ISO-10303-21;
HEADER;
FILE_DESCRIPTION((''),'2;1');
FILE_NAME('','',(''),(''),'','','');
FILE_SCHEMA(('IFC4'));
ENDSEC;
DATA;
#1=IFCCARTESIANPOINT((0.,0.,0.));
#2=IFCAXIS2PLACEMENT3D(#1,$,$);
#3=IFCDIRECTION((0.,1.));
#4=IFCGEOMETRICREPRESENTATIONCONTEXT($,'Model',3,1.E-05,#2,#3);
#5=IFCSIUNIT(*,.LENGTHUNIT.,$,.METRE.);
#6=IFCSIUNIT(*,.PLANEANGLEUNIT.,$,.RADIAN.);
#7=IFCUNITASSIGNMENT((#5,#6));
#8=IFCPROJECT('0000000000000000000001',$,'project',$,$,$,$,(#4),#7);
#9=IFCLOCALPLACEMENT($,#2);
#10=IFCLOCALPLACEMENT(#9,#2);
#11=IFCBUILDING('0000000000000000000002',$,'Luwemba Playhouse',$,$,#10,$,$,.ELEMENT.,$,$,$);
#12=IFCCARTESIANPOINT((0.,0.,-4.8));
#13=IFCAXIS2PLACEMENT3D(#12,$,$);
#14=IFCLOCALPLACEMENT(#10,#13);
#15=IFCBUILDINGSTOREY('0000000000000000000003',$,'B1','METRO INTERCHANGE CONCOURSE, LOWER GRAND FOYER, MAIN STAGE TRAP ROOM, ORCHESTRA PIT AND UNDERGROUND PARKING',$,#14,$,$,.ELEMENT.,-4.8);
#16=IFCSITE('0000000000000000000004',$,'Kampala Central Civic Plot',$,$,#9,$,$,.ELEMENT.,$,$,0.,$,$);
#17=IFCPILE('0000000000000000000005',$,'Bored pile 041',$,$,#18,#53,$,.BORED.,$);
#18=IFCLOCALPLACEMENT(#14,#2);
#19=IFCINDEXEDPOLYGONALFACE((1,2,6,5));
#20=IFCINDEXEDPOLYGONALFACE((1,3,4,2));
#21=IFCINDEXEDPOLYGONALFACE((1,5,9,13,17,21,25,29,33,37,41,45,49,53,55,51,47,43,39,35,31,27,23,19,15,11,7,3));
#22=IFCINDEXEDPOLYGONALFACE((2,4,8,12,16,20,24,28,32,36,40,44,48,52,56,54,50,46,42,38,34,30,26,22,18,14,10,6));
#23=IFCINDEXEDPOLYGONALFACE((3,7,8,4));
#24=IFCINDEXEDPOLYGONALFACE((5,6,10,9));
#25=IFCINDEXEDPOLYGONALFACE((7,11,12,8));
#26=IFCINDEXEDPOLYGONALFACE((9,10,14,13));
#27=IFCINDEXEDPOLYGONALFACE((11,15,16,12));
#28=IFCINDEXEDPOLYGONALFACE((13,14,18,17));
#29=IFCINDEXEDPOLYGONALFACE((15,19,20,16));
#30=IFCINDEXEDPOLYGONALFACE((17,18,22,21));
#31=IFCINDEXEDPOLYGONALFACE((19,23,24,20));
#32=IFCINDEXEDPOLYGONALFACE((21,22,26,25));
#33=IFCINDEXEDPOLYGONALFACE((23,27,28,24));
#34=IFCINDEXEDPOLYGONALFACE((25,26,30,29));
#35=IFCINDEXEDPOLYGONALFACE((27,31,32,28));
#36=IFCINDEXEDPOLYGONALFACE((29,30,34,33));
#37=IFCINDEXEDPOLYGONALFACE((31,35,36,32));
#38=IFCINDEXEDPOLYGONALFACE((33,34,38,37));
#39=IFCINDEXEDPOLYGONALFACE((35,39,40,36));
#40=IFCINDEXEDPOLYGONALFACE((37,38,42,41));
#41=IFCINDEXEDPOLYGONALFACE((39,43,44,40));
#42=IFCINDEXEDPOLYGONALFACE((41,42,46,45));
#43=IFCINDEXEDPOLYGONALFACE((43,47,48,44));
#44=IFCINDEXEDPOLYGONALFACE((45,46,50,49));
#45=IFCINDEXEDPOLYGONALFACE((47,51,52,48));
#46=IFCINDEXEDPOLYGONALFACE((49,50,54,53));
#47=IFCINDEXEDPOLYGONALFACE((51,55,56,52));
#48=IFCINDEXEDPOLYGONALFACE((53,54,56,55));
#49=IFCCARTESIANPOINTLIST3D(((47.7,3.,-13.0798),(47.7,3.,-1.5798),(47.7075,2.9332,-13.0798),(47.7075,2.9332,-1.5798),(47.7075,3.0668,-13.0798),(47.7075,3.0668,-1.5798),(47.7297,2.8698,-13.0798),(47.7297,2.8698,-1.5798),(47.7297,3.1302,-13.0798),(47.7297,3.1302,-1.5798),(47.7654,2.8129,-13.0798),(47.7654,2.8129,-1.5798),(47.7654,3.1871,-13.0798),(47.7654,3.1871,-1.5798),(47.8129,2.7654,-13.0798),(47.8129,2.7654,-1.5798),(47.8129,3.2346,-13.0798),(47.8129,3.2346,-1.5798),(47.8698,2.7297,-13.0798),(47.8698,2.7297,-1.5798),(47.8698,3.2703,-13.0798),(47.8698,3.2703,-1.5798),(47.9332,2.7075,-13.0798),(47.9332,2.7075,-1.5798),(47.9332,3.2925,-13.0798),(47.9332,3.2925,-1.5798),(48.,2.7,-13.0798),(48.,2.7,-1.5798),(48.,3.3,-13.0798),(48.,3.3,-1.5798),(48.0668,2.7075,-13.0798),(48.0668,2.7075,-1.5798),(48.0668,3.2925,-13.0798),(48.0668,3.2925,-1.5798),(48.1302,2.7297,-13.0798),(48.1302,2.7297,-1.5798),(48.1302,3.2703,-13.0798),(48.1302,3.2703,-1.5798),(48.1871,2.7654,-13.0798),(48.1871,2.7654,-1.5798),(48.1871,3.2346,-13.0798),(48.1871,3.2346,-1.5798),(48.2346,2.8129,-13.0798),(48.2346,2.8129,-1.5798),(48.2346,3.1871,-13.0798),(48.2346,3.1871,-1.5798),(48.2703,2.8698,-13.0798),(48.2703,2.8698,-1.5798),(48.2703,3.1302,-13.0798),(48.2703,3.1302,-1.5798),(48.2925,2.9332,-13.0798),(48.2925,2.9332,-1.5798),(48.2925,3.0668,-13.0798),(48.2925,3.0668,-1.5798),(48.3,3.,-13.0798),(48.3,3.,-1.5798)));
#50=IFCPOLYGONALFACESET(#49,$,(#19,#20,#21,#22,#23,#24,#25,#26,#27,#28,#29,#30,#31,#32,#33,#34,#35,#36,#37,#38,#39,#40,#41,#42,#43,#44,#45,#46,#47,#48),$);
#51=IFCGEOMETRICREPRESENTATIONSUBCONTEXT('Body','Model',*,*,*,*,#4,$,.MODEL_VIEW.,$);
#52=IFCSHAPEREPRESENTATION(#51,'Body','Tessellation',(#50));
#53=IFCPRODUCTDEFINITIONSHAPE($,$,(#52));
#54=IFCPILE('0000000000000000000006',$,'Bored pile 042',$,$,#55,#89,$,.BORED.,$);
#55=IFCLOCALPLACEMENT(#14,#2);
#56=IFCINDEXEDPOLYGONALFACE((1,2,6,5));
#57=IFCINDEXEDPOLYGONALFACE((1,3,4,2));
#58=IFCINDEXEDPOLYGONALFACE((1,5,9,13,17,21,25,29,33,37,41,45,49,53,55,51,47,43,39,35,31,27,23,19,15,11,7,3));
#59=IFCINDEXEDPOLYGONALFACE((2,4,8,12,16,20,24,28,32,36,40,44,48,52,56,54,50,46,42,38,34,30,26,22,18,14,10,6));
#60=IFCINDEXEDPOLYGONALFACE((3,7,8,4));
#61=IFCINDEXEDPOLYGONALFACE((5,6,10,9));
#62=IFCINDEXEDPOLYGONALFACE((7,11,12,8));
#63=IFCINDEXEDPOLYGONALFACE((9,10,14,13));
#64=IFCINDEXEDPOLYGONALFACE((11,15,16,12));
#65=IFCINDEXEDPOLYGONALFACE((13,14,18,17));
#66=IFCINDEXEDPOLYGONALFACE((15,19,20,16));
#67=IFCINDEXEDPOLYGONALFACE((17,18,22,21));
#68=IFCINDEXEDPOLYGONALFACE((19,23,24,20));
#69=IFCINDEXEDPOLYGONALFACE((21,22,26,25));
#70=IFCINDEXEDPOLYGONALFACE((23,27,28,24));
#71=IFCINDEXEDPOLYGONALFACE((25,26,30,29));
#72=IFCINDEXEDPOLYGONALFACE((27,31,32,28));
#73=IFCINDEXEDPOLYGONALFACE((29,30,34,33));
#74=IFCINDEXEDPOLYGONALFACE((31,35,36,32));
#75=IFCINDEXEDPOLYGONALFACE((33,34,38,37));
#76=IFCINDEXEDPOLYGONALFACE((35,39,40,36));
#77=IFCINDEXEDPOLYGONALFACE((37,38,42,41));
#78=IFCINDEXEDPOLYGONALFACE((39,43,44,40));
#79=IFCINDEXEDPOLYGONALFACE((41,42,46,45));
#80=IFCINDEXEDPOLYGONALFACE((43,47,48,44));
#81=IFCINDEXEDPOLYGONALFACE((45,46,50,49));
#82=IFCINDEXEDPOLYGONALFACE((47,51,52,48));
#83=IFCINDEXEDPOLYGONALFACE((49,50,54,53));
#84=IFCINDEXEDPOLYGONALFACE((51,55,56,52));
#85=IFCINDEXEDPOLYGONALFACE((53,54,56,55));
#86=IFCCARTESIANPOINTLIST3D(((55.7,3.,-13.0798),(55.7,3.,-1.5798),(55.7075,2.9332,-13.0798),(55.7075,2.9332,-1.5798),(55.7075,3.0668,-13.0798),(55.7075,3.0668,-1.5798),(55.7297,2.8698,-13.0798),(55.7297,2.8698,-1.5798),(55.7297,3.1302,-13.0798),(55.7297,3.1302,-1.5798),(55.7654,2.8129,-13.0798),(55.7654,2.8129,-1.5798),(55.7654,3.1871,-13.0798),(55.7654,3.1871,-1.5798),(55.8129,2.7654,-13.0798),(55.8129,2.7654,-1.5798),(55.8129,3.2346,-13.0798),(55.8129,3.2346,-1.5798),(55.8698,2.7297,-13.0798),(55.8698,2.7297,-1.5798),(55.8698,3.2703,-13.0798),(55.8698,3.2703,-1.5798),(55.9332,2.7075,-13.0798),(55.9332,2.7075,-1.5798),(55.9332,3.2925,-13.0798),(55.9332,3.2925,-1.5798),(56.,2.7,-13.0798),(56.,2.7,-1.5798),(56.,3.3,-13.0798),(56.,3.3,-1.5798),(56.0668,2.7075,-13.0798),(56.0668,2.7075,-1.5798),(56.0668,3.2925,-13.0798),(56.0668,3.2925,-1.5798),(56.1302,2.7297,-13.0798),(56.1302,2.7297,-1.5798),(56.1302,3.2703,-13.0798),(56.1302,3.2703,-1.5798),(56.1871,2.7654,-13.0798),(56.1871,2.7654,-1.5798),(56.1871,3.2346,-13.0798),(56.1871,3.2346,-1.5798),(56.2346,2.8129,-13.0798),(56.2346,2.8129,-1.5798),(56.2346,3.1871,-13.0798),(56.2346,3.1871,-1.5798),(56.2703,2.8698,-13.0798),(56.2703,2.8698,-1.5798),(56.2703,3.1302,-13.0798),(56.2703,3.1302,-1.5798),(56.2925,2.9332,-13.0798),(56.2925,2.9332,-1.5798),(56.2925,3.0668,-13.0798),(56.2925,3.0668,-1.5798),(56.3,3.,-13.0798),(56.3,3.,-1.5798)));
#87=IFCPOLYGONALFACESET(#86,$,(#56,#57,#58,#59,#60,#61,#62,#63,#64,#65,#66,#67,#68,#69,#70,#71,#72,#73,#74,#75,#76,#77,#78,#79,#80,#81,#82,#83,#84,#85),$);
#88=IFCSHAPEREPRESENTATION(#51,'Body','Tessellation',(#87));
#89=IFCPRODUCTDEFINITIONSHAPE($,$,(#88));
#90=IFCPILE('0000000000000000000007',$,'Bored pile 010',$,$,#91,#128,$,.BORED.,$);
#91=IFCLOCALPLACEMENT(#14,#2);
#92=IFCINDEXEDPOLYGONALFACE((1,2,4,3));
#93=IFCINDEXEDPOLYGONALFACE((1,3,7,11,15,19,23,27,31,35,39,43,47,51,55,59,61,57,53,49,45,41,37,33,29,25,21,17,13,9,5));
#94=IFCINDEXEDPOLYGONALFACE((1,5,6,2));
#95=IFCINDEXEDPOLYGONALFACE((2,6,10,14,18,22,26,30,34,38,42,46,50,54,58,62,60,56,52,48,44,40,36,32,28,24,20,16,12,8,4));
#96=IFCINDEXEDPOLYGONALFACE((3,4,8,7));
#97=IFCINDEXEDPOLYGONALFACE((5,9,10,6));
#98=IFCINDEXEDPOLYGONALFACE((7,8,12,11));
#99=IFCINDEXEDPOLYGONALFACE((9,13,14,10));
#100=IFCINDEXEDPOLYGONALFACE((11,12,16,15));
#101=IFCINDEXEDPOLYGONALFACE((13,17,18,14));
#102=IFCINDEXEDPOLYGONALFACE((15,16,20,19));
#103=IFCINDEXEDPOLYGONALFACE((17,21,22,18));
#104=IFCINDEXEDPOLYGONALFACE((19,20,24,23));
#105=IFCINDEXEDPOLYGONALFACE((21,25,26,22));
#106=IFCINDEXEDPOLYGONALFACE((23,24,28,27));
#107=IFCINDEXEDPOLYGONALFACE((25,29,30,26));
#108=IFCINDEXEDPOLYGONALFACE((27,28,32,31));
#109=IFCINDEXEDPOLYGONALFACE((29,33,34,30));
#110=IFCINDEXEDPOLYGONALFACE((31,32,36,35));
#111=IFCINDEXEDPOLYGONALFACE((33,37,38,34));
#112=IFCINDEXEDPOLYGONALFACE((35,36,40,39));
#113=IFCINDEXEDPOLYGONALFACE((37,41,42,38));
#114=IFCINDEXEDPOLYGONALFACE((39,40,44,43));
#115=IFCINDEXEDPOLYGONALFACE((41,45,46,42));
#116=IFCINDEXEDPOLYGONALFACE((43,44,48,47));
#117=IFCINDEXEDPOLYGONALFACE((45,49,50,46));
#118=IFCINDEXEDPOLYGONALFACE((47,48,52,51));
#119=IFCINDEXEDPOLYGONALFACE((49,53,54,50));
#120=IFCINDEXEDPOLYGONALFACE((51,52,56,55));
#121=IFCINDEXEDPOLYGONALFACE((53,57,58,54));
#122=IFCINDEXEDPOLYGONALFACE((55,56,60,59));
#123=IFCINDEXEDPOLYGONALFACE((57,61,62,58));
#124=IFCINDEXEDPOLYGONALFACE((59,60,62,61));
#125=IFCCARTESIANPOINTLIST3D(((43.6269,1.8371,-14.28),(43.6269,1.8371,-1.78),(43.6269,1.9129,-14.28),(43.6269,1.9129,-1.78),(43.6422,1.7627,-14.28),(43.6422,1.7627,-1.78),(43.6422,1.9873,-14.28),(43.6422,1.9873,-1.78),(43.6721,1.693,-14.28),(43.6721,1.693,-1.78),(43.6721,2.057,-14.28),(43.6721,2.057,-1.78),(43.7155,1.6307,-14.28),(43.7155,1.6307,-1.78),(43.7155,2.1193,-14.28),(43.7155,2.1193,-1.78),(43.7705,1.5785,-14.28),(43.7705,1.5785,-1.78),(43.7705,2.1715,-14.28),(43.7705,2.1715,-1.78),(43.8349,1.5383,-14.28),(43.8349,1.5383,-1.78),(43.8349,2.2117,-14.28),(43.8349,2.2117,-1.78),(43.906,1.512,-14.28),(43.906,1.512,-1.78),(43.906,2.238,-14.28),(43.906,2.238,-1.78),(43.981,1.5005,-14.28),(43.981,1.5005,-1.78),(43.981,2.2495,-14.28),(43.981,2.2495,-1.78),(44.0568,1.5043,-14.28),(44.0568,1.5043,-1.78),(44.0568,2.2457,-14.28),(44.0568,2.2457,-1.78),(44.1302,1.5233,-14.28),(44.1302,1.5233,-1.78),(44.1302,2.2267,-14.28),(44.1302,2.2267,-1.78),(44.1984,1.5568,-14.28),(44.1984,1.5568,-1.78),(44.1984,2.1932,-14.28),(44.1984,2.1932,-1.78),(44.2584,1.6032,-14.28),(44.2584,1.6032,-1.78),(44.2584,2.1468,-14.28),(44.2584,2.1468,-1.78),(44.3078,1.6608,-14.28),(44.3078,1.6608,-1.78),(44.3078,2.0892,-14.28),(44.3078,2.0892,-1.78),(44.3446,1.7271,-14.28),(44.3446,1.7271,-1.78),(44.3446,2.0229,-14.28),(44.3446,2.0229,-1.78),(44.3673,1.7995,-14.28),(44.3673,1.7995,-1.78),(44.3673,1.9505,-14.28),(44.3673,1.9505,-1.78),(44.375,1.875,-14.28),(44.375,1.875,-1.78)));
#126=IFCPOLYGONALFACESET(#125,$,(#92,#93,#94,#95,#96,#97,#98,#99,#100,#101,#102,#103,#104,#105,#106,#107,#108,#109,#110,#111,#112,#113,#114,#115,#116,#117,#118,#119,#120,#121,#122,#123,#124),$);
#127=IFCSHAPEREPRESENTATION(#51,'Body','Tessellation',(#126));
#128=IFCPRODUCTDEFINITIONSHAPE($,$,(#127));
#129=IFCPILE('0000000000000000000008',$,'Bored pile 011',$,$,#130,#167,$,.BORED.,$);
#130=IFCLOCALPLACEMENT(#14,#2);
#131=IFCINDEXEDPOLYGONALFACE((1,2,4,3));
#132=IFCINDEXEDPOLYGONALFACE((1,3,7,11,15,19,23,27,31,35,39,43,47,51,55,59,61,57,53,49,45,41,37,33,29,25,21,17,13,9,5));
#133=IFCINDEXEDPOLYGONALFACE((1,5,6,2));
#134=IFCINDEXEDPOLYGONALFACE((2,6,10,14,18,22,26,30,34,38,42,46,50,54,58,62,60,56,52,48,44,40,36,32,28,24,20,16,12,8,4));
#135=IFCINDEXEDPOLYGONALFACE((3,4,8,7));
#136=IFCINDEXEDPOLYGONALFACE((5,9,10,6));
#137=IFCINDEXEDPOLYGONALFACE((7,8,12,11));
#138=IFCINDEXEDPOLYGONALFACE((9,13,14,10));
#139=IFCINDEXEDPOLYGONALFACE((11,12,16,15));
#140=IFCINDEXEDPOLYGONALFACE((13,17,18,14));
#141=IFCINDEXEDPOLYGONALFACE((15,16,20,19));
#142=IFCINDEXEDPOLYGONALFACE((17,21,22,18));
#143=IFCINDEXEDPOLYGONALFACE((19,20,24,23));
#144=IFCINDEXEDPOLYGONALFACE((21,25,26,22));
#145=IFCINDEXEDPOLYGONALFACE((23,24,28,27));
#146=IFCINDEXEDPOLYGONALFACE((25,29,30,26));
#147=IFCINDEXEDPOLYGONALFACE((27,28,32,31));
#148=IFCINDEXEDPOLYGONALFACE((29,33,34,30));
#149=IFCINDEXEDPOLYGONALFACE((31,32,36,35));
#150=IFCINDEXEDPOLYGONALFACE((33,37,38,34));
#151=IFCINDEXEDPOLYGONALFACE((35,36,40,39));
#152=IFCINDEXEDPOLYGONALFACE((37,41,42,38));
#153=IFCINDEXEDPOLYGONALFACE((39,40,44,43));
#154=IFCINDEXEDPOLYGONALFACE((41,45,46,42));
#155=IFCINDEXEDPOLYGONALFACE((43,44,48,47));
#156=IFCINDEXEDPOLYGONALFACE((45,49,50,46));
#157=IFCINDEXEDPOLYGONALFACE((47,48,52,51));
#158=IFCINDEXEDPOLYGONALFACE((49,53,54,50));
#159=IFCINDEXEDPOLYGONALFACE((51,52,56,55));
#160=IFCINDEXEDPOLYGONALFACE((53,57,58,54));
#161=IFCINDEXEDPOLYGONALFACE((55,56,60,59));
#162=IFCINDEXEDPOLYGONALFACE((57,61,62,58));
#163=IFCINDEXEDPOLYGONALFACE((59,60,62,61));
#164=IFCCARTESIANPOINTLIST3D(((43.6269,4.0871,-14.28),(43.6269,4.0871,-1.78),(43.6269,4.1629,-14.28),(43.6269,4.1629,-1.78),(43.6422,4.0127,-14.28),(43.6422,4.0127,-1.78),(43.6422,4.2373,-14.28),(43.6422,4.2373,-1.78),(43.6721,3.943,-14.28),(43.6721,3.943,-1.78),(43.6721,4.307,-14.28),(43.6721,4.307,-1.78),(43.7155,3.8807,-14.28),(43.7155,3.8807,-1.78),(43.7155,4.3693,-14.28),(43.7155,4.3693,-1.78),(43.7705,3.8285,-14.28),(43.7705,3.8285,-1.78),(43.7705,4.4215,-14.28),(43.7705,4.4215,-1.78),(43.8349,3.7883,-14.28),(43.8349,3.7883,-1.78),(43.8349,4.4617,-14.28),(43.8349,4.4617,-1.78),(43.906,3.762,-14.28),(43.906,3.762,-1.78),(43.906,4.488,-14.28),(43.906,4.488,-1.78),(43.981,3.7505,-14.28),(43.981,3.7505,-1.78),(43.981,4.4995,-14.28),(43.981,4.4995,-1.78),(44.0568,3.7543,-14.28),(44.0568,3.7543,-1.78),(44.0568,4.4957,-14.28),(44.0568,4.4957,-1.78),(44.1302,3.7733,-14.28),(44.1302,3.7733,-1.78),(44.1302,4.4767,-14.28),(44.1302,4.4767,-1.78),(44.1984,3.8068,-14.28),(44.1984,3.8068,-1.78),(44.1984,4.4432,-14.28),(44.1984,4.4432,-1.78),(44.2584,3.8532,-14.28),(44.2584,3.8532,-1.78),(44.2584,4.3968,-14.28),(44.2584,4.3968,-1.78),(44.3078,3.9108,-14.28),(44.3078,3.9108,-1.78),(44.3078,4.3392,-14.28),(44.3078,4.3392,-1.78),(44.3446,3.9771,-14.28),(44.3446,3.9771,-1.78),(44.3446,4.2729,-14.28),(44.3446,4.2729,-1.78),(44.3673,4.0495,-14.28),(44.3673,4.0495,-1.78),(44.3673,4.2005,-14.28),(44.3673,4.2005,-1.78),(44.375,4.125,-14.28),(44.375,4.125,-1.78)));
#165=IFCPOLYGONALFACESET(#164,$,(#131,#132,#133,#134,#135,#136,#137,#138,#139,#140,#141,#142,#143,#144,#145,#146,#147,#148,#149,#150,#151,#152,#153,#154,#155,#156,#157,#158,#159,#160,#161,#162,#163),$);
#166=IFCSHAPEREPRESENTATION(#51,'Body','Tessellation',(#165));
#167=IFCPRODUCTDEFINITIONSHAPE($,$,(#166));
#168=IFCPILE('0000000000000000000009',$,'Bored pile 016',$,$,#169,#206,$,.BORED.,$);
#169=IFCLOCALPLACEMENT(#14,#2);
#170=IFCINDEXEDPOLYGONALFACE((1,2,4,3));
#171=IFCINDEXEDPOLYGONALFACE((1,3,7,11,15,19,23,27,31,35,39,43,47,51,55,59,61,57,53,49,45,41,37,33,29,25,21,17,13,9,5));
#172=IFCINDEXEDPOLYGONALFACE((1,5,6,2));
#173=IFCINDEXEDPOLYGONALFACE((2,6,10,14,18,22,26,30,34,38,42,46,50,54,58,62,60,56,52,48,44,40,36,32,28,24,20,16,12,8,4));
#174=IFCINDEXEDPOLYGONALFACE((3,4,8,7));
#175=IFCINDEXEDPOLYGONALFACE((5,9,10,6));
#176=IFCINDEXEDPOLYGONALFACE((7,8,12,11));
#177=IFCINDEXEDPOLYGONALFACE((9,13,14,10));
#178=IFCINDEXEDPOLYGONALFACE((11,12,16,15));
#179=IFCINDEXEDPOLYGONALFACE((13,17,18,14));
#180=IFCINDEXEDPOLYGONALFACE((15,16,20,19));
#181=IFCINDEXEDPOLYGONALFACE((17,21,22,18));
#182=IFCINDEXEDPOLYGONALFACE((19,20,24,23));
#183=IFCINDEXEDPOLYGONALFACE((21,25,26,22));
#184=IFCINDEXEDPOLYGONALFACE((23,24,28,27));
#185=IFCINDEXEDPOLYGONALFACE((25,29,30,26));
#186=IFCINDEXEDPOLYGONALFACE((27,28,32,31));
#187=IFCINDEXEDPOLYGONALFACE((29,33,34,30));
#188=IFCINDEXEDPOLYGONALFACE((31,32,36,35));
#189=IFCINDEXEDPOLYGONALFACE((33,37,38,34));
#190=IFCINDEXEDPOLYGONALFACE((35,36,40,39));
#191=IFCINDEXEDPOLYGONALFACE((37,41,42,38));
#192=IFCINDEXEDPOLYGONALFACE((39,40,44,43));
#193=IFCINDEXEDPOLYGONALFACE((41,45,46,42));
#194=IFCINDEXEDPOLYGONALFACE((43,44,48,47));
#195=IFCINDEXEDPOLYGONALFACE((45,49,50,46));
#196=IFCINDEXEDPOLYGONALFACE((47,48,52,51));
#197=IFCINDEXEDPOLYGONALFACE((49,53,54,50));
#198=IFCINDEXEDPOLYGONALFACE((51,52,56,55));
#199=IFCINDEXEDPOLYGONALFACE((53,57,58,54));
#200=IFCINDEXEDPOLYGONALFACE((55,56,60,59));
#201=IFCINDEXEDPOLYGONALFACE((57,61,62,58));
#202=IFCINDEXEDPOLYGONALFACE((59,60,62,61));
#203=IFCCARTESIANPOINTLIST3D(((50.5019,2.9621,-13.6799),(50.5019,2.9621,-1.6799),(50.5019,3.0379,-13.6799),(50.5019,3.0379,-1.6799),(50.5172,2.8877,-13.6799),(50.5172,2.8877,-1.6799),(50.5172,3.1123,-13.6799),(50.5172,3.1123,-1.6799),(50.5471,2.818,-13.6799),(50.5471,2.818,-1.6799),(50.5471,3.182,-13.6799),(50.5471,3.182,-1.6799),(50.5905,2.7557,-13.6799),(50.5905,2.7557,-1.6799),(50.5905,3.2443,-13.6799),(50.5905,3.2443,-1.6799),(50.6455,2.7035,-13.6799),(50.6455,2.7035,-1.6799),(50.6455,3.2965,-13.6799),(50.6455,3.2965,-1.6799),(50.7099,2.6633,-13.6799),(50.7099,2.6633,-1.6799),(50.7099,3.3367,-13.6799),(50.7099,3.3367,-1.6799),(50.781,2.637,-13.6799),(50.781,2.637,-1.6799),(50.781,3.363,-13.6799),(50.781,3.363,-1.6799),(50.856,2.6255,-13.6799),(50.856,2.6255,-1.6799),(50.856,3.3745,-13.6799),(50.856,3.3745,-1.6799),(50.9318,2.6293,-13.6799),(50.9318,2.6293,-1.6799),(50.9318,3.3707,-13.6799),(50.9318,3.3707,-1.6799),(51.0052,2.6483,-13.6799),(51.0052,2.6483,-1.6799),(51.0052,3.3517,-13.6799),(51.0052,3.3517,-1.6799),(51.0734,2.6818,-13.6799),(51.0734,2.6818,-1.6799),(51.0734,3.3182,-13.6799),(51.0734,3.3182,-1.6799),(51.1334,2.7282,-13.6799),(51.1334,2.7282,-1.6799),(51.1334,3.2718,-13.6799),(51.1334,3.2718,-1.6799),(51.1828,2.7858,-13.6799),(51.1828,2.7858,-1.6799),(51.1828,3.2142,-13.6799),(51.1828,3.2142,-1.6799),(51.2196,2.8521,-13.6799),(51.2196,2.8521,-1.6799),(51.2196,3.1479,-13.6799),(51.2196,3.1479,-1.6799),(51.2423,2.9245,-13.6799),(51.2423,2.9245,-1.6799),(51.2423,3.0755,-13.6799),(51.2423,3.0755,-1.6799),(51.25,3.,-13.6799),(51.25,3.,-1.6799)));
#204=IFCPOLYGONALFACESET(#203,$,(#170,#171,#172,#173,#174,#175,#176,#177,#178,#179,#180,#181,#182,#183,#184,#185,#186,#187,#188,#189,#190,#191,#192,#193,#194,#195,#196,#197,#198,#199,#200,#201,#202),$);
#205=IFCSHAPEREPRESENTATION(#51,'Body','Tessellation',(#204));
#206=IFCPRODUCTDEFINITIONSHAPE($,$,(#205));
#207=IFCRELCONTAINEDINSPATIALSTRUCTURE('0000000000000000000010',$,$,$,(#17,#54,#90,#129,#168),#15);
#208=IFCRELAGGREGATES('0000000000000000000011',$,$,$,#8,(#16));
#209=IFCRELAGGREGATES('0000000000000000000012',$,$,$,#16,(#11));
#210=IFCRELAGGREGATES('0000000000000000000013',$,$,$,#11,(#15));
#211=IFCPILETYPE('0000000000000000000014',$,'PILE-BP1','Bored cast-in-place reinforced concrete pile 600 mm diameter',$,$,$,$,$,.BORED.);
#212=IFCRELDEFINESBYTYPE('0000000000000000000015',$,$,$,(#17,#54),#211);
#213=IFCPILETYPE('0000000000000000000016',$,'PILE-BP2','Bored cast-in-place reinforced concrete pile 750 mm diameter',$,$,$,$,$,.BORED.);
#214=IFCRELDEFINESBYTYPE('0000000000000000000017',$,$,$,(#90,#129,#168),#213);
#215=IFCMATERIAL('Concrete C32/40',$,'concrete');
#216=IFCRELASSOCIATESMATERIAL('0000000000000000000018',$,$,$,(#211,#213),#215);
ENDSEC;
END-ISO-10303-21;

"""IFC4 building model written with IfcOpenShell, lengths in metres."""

from ifc_helpers import new_model, si_unit, direction, frame, origin, origin_2d, place, context, subcontext, project, spatial, circle, extrude, material, material_profile, profile_set, type_object, element, save


model = new_model("IFC4")

# Units and contexts
model_context = context("Model", 3, precision=1e-05, world=origin(), true_north=direction((0.0, 1.0)))
body_context = subcontext(model_context, "Body", "Model", "MODEL_VIEW")
ifc_project = project(units=[si_unit("LENGTHUNIT", "METRE"), si_unit("PLANEANGLEUNIT", "RADIAN")], contexts=[model_context])

# Site, building, storey
site_placement = place(None, origin())
site = spatial("IfcSite", under=ifc_project, at=site_placement, Name="Kampala Central Civic Plot", CompositionType="ELEMENT", RefElevation=0.0)
building_placement = place(site_placement, origin())
building = spatial("IfcBuilding", under=site, at=building_placement, Name="Luwemba Playhouse", CompositionType="ELEMENT")
storey_placement = place(building_placement, frame((0.0, 0.0, -4.8)))
storey = spatial("IfcBuildingStorey", under=building, at=storey_placement, Name="B1", Description="METRO INTERCHANGE CONCOURSE, LOWER GRAND FOYER, MAIN STAGE TRAP ROOM, ORCHESTRA PIT AND UNDERGROUND PARKING", CompositionType="ELEMENT", Elevation=-4.8)

# Shared definitions
ifc_material_1 = material(Name="Concrete C32/40", Category="concrete")

# Piles
ifc_material_profile_1 = material_profile(ifc_material_1, circle(Radius=0.3, at=origin_2d()))
ifc_profile_set_1 = profile_set([ifc_material_profile_1], Name="Concrete C32/40")
pile_type_1 = type_object("IfcPileType", Name="PILE-BP1", Description="Bored cast-in-place reinforced concrete pile 600 mm diameter", PredefinedType="BORED", material=ifc_profile_set_1)
for number, where, z_axis, x_axis, name in (
    (1, (48.0, 3.0, -1.5798), (0.0, 0.0, -1.0), (1.0, 0.0, 0.0), "Bored pile 041"),
    (2, (56.0, 3.0, -1.5798), (0.0, 0.0, -1.0), (1.0, 0.0, 0.0), "Bored pile 042"),
):
    element("IfcPile", number, at=place(storey_placement, frame(where, z_axis=z_axis, x_axis=x_axis)), inside=storey, type_object=pile_type_1, Name=name, PredefinedType="BORED", context=body_context, shape_type="SweptSolid", body=[
        extrude(circle(Radius=0.3, at=origin_2d()), origin(), (0.0, 0.0, 1.0), 11.5),
    ])
ifc_material_profile_2 = material_profile(ifc_material_1, circle(Radius=0.375, at=origin_2d()))
ifc_profile_set_2 = profile_set([ifc_material_profile_2], Name="Concrete C32/40")
pile_type_2 = type_object("IfcPileType", Name="PILE-BP2", Description="Bored cast-in-place reinforced concrete pile 750 mm diameter", PredefinedType="BORED", material=ifc_profile_set_2)
for number, where, z_axis, x_axis, name in (
    (3, (44.0, 1.875, -1.78), (0.0, 0.0, -1.0), (1.0, 0.0, 0.0), "Bored pile 010"),
    (4, (44.0, 4.125, -1.78), (0.0, 0.0, -1.0), (1.0, 0.0, 0.0), "Bored pile 011"),
):
    element("IfcPile", number, at=place(storey_placement, frame(where, z_axis=z_axis, x_axis=x_axis)), inside=storey, type_object=pile_type_2, Name=name, PredefinedType="BORED", context=body_context, shape_type="SweptSolid", body=[
        extrude(circle(Radius=0.375, at=origin_2d()), origin(), (0.0, 0.0, 1.0), 12.5),
    ])
for number, where, z_axis, x_axis, name in (
    (5, (50.875, 3.0, -1.6799), (0.0, 0.0, -1.0), (1.0, 0.0, 0.0), "Bored pile 016"),
):
    element("IfcPile", number, at=place(storey_placement, frame(where, z_axis=z_axis, x_axis=x_axis)), inside=storey, type_object=pile_type_2, Name=name, PredefinedType="BORED", context=body_context, shape_type="SweptSolid", body=[
        extrude(circle(Radius=0.375, at=origin_2d()), origin(), (0.0, 0.0, 1.0), 12.0),
    ])

save(model, "model.ifc")
